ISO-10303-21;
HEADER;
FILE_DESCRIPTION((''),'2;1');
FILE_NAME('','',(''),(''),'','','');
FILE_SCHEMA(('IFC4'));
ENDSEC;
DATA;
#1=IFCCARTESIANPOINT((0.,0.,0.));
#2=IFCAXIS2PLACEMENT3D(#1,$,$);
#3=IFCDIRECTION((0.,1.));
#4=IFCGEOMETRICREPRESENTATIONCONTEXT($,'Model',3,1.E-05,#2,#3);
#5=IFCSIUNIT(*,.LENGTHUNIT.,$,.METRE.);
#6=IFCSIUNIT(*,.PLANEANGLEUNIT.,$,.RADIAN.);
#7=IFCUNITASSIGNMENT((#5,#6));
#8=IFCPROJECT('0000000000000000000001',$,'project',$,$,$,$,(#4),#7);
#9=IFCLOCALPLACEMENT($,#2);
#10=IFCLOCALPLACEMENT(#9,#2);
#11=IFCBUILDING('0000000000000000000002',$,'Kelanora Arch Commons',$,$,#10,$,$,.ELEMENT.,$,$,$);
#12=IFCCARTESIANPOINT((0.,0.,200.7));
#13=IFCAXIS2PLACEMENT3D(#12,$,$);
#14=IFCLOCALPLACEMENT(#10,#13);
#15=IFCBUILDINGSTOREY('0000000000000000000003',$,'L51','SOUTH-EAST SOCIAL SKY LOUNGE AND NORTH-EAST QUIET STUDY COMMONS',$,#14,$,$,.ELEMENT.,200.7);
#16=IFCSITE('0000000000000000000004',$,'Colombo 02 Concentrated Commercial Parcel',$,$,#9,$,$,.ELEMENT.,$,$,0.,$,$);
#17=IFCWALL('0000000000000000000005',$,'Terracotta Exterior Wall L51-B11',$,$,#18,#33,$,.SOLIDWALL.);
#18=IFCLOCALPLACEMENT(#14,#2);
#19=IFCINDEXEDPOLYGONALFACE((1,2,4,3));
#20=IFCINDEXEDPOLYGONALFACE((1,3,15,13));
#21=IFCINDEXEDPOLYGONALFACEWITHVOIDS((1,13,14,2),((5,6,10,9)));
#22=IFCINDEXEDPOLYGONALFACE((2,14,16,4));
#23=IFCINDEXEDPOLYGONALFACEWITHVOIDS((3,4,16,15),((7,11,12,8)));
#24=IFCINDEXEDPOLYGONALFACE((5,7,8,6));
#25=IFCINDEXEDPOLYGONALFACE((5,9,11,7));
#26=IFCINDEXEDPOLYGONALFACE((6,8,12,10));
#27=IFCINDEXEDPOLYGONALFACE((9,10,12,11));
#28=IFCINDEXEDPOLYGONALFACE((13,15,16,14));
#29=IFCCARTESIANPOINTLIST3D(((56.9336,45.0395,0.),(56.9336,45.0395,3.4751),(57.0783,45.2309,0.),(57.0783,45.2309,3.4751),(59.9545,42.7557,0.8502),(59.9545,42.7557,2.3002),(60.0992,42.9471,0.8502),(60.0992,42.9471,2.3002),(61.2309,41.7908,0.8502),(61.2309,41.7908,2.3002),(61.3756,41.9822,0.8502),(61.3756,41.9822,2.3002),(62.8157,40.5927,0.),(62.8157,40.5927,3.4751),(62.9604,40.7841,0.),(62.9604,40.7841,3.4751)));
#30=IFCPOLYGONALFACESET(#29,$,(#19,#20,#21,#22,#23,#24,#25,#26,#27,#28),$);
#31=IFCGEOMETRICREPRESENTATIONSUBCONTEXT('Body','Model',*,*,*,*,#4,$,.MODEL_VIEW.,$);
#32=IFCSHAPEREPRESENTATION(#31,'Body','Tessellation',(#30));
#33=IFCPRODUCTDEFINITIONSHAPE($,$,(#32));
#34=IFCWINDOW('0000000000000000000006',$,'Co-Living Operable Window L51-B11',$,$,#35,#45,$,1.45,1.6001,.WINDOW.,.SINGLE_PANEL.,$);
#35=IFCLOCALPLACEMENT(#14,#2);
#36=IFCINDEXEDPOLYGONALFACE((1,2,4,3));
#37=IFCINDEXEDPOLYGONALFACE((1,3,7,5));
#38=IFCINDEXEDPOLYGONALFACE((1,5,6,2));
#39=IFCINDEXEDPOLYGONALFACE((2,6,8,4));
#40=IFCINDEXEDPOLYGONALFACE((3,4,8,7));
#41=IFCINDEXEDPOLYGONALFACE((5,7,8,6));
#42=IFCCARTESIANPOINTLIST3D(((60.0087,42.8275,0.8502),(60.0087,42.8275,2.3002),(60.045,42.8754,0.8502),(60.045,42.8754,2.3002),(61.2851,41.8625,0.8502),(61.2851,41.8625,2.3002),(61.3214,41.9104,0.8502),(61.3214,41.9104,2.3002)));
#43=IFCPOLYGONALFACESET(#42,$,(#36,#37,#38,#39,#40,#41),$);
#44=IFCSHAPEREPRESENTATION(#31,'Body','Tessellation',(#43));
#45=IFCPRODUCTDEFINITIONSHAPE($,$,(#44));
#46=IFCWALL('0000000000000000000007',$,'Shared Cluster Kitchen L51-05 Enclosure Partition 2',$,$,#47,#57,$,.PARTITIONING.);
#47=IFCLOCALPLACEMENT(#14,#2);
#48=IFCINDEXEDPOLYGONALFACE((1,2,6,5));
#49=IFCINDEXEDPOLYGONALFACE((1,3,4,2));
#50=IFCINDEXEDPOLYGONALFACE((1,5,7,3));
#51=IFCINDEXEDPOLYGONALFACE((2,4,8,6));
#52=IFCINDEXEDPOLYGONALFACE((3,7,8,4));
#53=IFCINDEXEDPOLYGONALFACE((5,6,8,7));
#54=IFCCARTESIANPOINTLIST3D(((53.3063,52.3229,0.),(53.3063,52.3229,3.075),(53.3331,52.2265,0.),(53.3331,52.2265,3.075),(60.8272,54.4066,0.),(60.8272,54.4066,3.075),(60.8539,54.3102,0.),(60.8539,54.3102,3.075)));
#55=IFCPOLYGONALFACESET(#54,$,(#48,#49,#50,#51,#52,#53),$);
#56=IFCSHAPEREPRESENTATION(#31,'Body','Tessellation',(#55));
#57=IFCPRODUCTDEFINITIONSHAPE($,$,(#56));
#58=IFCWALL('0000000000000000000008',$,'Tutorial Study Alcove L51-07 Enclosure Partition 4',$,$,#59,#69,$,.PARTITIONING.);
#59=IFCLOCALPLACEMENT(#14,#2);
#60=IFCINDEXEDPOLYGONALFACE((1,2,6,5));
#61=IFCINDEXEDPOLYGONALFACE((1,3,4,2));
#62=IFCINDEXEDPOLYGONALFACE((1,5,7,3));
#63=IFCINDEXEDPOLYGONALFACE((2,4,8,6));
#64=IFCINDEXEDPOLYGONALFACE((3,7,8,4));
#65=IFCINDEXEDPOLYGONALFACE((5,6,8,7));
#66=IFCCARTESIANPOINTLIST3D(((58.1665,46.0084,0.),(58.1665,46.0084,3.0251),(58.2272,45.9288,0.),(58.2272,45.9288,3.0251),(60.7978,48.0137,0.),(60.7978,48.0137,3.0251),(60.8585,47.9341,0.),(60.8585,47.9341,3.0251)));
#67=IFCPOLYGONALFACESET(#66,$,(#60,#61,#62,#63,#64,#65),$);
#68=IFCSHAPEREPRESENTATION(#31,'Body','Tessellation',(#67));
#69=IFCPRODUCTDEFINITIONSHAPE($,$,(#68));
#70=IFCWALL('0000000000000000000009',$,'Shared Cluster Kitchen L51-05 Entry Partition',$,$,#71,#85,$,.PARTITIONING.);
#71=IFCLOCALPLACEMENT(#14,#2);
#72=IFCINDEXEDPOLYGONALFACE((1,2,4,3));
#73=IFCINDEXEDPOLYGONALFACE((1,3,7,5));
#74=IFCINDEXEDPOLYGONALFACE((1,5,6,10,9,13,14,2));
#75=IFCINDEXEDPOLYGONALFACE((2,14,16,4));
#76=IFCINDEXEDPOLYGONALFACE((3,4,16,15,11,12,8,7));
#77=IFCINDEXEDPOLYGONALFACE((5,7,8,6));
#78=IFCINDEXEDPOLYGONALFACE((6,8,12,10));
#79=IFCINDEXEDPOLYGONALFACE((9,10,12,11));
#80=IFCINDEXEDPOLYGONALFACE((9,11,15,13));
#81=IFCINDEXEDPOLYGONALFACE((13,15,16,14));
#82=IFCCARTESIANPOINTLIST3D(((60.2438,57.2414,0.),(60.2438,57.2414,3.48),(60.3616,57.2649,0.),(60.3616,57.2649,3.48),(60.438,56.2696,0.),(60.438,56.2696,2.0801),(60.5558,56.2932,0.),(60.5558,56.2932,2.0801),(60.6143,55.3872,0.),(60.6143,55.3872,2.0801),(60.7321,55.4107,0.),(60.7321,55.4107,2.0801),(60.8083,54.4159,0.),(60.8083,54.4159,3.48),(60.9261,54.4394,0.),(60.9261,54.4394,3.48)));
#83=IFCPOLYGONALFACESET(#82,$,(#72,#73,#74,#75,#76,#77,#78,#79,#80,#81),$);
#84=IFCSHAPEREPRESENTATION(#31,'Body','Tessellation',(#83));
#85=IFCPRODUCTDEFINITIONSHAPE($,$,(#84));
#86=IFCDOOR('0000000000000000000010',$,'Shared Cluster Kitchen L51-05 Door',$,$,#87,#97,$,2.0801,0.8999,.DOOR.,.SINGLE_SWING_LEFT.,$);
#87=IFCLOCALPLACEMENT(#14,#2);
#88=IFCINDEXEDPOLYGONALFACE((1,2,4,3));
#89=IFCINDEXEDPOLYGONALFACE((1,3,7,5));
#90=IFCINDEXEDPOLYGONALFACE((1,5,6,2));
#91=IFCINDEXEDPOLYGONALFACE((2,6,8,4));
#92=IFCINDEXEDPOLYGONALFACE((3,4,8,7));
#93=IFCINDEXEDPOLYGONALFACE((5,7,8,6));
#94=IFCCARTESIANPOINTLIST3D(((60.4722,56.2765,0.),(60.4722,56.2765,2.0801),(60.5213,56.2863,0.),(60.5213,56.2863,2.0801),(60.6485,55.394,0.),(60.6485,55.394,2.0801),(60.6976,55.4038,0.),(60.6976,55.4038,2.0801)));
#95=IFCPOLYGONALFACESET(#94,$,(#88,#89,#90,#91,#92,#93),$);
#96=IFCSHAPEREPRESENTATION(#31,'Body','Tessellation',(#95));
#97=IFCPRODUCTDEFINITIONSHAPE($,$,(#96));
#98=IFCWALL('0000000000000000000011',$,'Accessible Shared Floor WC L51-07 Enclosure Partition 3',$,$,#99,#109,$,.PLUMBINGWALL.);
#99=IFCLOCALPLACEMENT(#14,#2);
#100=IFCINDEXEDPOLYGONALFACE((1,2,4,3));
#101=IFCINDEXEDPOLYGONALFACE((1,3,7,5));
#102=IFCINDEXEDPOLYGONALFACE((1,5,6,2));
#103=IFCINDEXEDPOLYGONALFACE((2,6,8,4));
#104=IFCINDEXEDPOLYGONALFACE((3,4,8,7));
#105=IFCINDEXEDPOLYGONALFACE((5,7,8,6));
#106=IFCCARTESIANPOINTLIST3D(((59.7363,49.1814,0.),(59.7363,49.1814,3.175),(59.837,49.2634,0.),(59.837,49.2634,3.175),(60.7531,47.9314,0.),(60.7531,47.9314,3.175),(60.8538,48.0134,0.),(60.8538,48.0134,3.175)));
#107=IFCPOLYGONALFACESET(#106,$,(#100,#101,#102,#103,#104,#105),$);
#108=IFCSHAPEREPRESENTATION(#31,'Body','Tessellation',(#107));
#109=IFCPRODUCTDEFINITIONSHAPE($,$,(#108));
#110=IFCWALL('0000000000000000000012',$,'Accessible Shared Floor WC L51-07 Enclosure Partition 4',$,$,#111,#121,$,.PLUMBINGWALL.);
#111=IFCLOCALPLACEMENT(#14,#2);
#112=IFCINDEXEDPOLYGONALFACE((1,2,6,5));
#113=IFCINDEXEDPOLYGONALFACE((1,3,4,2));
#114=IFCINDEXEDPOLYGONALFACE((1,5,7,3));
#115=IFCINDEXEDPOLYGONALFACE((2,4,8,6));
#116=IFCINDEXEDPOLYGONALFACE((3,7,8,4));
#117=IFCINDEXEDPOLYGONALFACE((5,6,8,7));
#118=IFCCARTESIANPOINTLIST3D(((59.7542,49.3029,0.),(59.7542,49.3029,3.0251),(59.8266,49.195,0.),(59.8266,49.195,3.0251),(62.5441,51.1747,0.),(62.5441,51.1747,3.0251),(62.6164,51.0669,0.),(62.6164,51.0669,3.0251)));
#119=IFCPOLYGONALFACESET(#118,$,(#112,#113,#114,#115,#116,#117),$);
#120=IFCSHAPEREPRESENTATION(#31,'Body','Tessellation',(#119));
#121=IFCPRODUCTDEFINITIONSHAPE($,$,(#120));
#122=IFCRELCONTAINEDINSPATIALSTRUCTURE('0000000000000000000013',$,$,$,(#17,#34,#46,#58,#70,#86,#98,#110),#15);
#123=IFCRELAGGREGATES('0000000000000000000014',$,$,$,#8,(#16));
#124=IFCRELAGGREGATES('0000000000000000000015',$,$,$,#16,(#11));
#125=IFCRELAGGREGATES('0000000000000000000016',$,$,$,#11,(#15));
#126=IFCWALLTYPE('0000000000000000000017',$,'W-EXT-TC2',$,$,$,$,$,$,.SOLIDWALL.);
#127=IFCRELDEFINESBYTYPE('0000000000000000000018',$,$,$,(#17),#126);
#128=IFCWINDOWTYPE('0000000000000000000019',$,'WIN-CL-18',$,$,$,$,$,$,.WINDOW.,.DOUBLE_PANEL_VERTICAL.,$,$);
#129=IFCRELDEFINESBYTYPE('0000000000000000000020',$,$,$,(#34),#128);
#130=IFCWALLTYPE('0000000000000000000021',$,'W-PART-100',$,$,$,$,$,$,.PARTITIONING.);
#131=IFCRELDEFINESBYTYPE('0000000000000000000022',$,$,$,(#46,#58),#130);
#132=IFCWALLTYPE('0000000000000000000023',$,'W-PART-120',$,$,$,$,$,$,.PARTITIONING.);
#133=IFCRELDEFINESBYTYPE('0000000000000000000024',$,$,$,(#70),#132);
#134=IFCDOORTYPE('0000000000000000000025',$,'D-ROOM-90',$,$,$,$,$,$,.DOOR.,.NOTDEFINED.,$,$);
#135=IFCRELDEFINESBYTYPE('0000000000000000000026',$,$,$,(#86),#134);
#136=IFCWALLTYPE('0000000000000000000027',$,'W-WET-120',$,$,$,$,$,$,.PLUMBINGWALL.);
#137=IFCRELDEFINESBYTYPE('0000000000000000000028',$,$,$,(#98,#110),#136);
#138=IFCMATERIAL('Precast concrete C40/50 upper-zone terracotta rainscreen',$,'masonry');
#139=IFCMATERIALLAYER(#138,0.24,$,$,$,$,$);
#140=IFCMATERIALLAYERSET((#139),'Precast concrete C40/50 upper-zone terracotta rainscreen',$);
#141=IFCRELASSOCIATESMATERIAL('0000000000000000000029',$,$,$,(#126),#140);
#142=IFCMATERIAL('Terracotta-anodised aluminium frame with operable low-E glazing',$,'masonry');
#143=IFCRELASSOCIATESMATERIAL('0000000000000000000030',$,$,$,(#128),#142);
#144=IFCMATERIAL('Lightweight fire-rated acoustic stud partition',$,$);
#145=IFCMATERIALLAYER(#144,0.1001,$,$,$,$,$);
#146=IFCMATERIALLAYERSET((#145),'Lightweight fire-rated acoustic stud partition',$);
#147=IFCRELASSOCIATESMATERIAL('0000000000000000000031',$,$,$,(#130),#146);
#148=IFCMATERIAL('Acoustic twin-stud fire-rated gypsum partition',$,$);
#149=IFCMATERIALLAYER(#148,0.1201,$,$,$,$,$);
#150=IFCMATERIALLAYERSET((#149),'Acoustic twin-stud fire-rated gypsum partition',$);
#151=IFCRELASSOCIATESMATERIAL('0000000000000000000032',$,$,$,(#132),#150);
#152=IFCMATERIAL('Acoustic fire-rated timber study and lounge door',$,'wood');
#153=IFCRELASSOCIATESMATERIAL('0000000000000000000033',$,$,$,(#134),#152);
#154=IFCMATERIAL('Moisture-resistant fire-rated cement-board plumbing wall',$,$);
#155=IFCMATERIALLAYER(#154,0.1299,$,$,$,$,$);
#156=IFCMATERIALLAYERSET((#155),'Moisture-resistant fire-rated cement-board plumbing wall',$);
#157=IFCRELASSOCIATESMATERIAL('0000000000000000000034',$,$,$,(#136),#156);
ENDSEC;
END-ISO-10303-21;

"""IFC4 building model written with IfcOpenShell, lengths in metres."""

from ifc_helpers import new_model, si_unit, direction, frame, frame_2d, origin, place, context, subcontext, project, spatial, rectangle, extrude, material, layer, layer_set, type_object, element, fill, save


model = new_model("IFC4")

# Units and contexts
model_context = context("Model", 3, precision=1e-05, world=origin(), true_north=direction((0.0, 1.0)))
body_context = subcontext(model_context, "Body", "Model", "MODEL_VIEW")
ifc_project = project(units=[si_unit("LENGTHUNIT", "METRE"), si_unit("PLANEANGLEUNIT", "RADIAN")], contexts=[model_context])

# Site, building, storey
site_placement = place(None, origin())
site = spatial("IfcSite", under=ifc_project, at=site_placement, Name="Colombo 02 Concentrated Commercial Parcel", CompositionType="ELEMENT", RefElevation=0.0)
building_placement = place(site_placement, origin())
building = spatial("IfcBuilding", under=site, at=building_placement, Name="Kelanora Arch Commons", CompositionType="ELEMENT")
storey_placement = place(building_placement, frame((0.0, 0.0, 200.7)))
storey = spatial("IfcBuildingStorey", under=building, at=storey_placement, Name="L51", Description="SOUTH-EAST SOCIAL SKY LOUNGE AND NORTH-EAST QUIET STUDY COMMONS", CompositionType="ELEMENT", Elevation=200.7)

# Wall, opening, window
ifc_material_1 = material(Name="Precast concrete C40/50 upper-zone terracotta rainscreen", Category="masonry")
ifc_layer_1 = layer(ifc_material_1, 0.24)
ifc_layer_set_1 = layer_set([ifc_layer_1], Name="Precast concrete C40/50 upper-zone terracotta rainscreen")
wall_type_1 = type_object("IfcWallType", Name="W-EXT-TC2", PredefinedType="SOLIDWALL", material=ifc_layer_set_1)
wall_1_placement = place(storey_placement, frame((57.0059, 45.1353, 0.0), z_axis=(0.0, 0.0, 1.0), x_axis=(0.797702, -0.603052, 0.0)))
wall_1 = element("IfcWall", 1, at=wall_1_placement, inside=storey, type_object=wall_type_1, Name="Terracotta Exterior Wall L51-B11", PredefinedType="SOLIDWALL", context=body_context, shape_type="SweptSolid", body=[
    extrude(rectangle(XDim=7.3738, YDim=0.24, at=frame_2d((3.687, 0.0))), origin(), (0.0, 0.0, 1.0), 3.4751),
])
opening_1_placement = place(wall_1_placement, frame((3.7871, 0.0, 0.8501)))
opening_1 = element("IfcOpeningElement", 2, at=opening_1_placement, cuts=wall_1, PredefinedType="OPENING", context=body_context, shape_type="SweptSolid", body=[
    extrude(rectangle(XDim=1.6001, YDim=1.45, at=frame_2d((0.8, 0.7251))), frame((0.0, 0.1299, 0.0), z_axis=(0.0, -1.0, 0.0), x_axis=(1.0, 0.0, 0.0)), (0.0, 0.0, 1.0), 0.26),
])
ifc_material_2 = material(Name="Terracotta-anodised aluminium frame with operable low-E glazing", Category="masonry")
window_type = type_object("IfcWindowType", Name="WIN-CL-18", PartitioningType="DOUBLE_PANEL_VERTICAL", PredefinedType="WINDOW", material=ifc_material_2)
window_placement = place(opening_1_placement, origin())
window = element("IfcWindow", 3, at=window_placement, inside=storey, type_object=window_type, Name="Co-Living Operable Window L51-B11", OverallHeight=1.45, OverallWidth=1.6001, PartitioningType="SINGLE_PANEL", PredefinedType="WINDOW", context=body_context, shape_type="SweptSolid", body=[
    extrude(rectangle(XDim=1.6001, YDim=1.45, at=frame_2d((0.8, 0.7251))), frame((0.0, 0.03, 0.0), z_axis=(0.0, -1.0, 0.0), x_axis=(1.0, 0.0, 0.0)), (0.0, 0.0, 1.0), 0.0601),
])
fill(opening_1, window)

# Walls
ifc_material_3 = material(Name="Lightweight fire-rated acoustic stud partition")
ifc_layer_2 = layer(ifc_material_3, 0.1001)
ifc_layer_set_2 = layer_set([ifc_layer_2], Name="Lightweight fire-rated acoustic stud partition")
wall_type_2 = type_object("IfcWallType", Name="W-PART-100", PredefinedType="PARTITIONING", material=ifc_layer_set_2)
wall_2_placement = place(storey_placement, frame((60.8406, 54.3584, 0.0), z_axis=(0.0, 0.0, 1.0), x_axis=(-0.963697, -0.266998, 0.0)))
element("IfcWall", 4, at=wall_2_placement, inside=storey, type_object=wall_type_2, Name="Shared Cluster Kitchen L51-05 Enclosure Partition 2", PredefinedType="PARTITIONING", context=body_context, shape_type="SweptSolid", body=[
    extrude(rectangle(XDim=7.8042, YDim=0.1001, at=frame_2d((3.9021, 0.0))), origin(), (0.0, 0.0, 1.0), 3.075),
])
wall_3_placement = place(storey_placement, frame((58.1968, 45.9685, 0.0), z_axis=(0.0, 0.0, 1.0), x_axis=(0.795354, 0.606145, 0.0)))
element("IfcWall", 5, at=wall_3_placement, inside=storey, type_object=wall_type_2, Name="Tutorial Study Alcove L51-07 Enclosure Partition 4", PredefinedType="PARTITIONING", context=body_context, shape_type="SweptSolid", body=[
    extrude(rectangle(XDim=3.3083, YDim=0.1001, at=frame_2d((1.6543, 0.0))), origin(), (0.0, 0.0, 1.0), 3.0251),
])

# Wall, opening, door
ifc_material_4 = material(Name="Acoustic twin-stud fire-rated gypsum partition")
ifc_layer_3 = layer(ifc_material_4, 0.1201)
ifc_layer_set_3 = layer_set([ifc_layer_3], Name="Acoustic twin-stud fire-rated gypsum partition")
wall_type_3 = type_object("IfcWallType", Name="W-PART-120", PredefinedType="PARTITIONING", material=ifc_layer_set_3)
wall_4_placement = place(storey_placement, frame((60.3027, 57.2532, 0.0), z_axis=(0.0, 0.0, 1.0), x_axis=(0.195904, -0.980623, 0.0)))
wall_4 = element("IfcWall", 6, at=wall_4_placement, inside=storey, type_object=wall_type_3, Name="Shared Cluster Kitchen L51-05 Entry Partition", PredefinedType="PARTITIONING", context=body_context, shape_type="SweptSolid", body=[
    extrude(rectangle(XDim=2.8813, YDim=0.1201, at=frame_2d((1.4407, 0.0))), origin(), (0.0, 0.0, 1.0), 3.48),
])
opening_2_placement = place(wall_4_placement, frame((0.991, 0.0, 0.0)))
opening_2 = element("IfcOpeningElement", 7, at=opening_2_placement, cuts=wall_4, PredefinedType="OPENING", context=body_context, shape_type="SweptSolid", body=[
    extrude(rectangle(XDim=0.8999, YDim=2.0801, at=frame_2d((0.45, 1.04))), frame((0.0, 0.0701, 0.0), z_axis=(0.0, -1.0, 0.0), x_axis=(1.0, 0.0, 0.0)), (0.0, 0.0, 1.0), 0.1401),
])
ifc_material_5 = material(Name="Acoustic fire-rated timber study and lounge door", Category="wood")
door_type = type_object("IfcDoorType", Name="D-ROOM-90", OperationType="NOTDEFINED", PredefinedType="DOOR", material=ifc_material_5)
door_placement = place(opening_2_placement, origin())
door = element("IfcDoor", 8, at=door_placement, inside=storey, type_object=door_type, Name="Shared Cluster Kitchen L51-05 Door", OperationType="SINGLE_SWING_LEFT", OverallHeight=2.0801, OverallWidth=0.8999, PredefinedType="DOOR", context=body_context, shape_type="SweptSolid", body=[
    extrude(rectangle(XDim=0.8999, YDim=2.0801, at=frame_2d((0.45, 1.04))), frame((0.0, 0.0249, 0.0), z_axis=(0.0, -1.0, 0.0), x_axis=(1.0, 0.0, 0.0)), (0.0, 0.0, 1.0), 0.05),
])
fill(opening_2, door)

# Walls
ifc_material_6 = material(Name="Moisture-resistant fire-rated cement-board plumbing wall")
ifc_layer_4 = layer(ifc_material_6, 0.1299)
ifc_layer_set_4 = layer_set([ifc_layer_4], Name="Moisture-resistant fire-rated cement-board plumbing wall")
wall_type_4 = type_object("IfcWallType", Name="W-WET-120", PredefinedType="PLUMBINGWALL", material=ifc_layer_set_4)
wall_5_placement = place(storey_placement, frame((60.8035, 47.9724, 0.0), z_axis=(0.0, 0.0, 1.0), x_axis=(-0.631049, 0.775743, 0.0)))
element("IfcWall", 9, at=wall_5_placement, inside=storey, type_object=wall_type_4, Name="Accessible Shared Floor WC L51-07 Enclosure Partition 3", PredefinedType="PLUMBINGWALL", context=body_context, shape_type="SweptSolid", body=[
    extrude(rectangle(XDim=1.6113, YDim=0.1299, at=frame_2d((0.8057, 0.0))), origin(), (0.0, 0.0, 1.0), 3.175),
])
wall_6_placement = place(storey_placement, frame((59.7905, 49.249, 0.0), z_axis=(0.0, 0.0, 1.0), x_axis=(0.830403, 0.557163, 0.0)))
element("IfcWall", 10, at=wall_6_placement, inside=storey, type_object=wall_type_4, Name="Accessible Shared Floor WC L51-07 Enclosure Partition 4", PredefinedType="PLUMBINGWALL", context=body_context, shape_type="SweptSolid", body=[
    extrude(rectangle(XDim=3.3596, YDim=0.1299, at=frame_2d((1.6797, 0.0))), origin(), (0.0, 0.0, 1.0), 3.0251),
])

save(model, "model.ifc")
